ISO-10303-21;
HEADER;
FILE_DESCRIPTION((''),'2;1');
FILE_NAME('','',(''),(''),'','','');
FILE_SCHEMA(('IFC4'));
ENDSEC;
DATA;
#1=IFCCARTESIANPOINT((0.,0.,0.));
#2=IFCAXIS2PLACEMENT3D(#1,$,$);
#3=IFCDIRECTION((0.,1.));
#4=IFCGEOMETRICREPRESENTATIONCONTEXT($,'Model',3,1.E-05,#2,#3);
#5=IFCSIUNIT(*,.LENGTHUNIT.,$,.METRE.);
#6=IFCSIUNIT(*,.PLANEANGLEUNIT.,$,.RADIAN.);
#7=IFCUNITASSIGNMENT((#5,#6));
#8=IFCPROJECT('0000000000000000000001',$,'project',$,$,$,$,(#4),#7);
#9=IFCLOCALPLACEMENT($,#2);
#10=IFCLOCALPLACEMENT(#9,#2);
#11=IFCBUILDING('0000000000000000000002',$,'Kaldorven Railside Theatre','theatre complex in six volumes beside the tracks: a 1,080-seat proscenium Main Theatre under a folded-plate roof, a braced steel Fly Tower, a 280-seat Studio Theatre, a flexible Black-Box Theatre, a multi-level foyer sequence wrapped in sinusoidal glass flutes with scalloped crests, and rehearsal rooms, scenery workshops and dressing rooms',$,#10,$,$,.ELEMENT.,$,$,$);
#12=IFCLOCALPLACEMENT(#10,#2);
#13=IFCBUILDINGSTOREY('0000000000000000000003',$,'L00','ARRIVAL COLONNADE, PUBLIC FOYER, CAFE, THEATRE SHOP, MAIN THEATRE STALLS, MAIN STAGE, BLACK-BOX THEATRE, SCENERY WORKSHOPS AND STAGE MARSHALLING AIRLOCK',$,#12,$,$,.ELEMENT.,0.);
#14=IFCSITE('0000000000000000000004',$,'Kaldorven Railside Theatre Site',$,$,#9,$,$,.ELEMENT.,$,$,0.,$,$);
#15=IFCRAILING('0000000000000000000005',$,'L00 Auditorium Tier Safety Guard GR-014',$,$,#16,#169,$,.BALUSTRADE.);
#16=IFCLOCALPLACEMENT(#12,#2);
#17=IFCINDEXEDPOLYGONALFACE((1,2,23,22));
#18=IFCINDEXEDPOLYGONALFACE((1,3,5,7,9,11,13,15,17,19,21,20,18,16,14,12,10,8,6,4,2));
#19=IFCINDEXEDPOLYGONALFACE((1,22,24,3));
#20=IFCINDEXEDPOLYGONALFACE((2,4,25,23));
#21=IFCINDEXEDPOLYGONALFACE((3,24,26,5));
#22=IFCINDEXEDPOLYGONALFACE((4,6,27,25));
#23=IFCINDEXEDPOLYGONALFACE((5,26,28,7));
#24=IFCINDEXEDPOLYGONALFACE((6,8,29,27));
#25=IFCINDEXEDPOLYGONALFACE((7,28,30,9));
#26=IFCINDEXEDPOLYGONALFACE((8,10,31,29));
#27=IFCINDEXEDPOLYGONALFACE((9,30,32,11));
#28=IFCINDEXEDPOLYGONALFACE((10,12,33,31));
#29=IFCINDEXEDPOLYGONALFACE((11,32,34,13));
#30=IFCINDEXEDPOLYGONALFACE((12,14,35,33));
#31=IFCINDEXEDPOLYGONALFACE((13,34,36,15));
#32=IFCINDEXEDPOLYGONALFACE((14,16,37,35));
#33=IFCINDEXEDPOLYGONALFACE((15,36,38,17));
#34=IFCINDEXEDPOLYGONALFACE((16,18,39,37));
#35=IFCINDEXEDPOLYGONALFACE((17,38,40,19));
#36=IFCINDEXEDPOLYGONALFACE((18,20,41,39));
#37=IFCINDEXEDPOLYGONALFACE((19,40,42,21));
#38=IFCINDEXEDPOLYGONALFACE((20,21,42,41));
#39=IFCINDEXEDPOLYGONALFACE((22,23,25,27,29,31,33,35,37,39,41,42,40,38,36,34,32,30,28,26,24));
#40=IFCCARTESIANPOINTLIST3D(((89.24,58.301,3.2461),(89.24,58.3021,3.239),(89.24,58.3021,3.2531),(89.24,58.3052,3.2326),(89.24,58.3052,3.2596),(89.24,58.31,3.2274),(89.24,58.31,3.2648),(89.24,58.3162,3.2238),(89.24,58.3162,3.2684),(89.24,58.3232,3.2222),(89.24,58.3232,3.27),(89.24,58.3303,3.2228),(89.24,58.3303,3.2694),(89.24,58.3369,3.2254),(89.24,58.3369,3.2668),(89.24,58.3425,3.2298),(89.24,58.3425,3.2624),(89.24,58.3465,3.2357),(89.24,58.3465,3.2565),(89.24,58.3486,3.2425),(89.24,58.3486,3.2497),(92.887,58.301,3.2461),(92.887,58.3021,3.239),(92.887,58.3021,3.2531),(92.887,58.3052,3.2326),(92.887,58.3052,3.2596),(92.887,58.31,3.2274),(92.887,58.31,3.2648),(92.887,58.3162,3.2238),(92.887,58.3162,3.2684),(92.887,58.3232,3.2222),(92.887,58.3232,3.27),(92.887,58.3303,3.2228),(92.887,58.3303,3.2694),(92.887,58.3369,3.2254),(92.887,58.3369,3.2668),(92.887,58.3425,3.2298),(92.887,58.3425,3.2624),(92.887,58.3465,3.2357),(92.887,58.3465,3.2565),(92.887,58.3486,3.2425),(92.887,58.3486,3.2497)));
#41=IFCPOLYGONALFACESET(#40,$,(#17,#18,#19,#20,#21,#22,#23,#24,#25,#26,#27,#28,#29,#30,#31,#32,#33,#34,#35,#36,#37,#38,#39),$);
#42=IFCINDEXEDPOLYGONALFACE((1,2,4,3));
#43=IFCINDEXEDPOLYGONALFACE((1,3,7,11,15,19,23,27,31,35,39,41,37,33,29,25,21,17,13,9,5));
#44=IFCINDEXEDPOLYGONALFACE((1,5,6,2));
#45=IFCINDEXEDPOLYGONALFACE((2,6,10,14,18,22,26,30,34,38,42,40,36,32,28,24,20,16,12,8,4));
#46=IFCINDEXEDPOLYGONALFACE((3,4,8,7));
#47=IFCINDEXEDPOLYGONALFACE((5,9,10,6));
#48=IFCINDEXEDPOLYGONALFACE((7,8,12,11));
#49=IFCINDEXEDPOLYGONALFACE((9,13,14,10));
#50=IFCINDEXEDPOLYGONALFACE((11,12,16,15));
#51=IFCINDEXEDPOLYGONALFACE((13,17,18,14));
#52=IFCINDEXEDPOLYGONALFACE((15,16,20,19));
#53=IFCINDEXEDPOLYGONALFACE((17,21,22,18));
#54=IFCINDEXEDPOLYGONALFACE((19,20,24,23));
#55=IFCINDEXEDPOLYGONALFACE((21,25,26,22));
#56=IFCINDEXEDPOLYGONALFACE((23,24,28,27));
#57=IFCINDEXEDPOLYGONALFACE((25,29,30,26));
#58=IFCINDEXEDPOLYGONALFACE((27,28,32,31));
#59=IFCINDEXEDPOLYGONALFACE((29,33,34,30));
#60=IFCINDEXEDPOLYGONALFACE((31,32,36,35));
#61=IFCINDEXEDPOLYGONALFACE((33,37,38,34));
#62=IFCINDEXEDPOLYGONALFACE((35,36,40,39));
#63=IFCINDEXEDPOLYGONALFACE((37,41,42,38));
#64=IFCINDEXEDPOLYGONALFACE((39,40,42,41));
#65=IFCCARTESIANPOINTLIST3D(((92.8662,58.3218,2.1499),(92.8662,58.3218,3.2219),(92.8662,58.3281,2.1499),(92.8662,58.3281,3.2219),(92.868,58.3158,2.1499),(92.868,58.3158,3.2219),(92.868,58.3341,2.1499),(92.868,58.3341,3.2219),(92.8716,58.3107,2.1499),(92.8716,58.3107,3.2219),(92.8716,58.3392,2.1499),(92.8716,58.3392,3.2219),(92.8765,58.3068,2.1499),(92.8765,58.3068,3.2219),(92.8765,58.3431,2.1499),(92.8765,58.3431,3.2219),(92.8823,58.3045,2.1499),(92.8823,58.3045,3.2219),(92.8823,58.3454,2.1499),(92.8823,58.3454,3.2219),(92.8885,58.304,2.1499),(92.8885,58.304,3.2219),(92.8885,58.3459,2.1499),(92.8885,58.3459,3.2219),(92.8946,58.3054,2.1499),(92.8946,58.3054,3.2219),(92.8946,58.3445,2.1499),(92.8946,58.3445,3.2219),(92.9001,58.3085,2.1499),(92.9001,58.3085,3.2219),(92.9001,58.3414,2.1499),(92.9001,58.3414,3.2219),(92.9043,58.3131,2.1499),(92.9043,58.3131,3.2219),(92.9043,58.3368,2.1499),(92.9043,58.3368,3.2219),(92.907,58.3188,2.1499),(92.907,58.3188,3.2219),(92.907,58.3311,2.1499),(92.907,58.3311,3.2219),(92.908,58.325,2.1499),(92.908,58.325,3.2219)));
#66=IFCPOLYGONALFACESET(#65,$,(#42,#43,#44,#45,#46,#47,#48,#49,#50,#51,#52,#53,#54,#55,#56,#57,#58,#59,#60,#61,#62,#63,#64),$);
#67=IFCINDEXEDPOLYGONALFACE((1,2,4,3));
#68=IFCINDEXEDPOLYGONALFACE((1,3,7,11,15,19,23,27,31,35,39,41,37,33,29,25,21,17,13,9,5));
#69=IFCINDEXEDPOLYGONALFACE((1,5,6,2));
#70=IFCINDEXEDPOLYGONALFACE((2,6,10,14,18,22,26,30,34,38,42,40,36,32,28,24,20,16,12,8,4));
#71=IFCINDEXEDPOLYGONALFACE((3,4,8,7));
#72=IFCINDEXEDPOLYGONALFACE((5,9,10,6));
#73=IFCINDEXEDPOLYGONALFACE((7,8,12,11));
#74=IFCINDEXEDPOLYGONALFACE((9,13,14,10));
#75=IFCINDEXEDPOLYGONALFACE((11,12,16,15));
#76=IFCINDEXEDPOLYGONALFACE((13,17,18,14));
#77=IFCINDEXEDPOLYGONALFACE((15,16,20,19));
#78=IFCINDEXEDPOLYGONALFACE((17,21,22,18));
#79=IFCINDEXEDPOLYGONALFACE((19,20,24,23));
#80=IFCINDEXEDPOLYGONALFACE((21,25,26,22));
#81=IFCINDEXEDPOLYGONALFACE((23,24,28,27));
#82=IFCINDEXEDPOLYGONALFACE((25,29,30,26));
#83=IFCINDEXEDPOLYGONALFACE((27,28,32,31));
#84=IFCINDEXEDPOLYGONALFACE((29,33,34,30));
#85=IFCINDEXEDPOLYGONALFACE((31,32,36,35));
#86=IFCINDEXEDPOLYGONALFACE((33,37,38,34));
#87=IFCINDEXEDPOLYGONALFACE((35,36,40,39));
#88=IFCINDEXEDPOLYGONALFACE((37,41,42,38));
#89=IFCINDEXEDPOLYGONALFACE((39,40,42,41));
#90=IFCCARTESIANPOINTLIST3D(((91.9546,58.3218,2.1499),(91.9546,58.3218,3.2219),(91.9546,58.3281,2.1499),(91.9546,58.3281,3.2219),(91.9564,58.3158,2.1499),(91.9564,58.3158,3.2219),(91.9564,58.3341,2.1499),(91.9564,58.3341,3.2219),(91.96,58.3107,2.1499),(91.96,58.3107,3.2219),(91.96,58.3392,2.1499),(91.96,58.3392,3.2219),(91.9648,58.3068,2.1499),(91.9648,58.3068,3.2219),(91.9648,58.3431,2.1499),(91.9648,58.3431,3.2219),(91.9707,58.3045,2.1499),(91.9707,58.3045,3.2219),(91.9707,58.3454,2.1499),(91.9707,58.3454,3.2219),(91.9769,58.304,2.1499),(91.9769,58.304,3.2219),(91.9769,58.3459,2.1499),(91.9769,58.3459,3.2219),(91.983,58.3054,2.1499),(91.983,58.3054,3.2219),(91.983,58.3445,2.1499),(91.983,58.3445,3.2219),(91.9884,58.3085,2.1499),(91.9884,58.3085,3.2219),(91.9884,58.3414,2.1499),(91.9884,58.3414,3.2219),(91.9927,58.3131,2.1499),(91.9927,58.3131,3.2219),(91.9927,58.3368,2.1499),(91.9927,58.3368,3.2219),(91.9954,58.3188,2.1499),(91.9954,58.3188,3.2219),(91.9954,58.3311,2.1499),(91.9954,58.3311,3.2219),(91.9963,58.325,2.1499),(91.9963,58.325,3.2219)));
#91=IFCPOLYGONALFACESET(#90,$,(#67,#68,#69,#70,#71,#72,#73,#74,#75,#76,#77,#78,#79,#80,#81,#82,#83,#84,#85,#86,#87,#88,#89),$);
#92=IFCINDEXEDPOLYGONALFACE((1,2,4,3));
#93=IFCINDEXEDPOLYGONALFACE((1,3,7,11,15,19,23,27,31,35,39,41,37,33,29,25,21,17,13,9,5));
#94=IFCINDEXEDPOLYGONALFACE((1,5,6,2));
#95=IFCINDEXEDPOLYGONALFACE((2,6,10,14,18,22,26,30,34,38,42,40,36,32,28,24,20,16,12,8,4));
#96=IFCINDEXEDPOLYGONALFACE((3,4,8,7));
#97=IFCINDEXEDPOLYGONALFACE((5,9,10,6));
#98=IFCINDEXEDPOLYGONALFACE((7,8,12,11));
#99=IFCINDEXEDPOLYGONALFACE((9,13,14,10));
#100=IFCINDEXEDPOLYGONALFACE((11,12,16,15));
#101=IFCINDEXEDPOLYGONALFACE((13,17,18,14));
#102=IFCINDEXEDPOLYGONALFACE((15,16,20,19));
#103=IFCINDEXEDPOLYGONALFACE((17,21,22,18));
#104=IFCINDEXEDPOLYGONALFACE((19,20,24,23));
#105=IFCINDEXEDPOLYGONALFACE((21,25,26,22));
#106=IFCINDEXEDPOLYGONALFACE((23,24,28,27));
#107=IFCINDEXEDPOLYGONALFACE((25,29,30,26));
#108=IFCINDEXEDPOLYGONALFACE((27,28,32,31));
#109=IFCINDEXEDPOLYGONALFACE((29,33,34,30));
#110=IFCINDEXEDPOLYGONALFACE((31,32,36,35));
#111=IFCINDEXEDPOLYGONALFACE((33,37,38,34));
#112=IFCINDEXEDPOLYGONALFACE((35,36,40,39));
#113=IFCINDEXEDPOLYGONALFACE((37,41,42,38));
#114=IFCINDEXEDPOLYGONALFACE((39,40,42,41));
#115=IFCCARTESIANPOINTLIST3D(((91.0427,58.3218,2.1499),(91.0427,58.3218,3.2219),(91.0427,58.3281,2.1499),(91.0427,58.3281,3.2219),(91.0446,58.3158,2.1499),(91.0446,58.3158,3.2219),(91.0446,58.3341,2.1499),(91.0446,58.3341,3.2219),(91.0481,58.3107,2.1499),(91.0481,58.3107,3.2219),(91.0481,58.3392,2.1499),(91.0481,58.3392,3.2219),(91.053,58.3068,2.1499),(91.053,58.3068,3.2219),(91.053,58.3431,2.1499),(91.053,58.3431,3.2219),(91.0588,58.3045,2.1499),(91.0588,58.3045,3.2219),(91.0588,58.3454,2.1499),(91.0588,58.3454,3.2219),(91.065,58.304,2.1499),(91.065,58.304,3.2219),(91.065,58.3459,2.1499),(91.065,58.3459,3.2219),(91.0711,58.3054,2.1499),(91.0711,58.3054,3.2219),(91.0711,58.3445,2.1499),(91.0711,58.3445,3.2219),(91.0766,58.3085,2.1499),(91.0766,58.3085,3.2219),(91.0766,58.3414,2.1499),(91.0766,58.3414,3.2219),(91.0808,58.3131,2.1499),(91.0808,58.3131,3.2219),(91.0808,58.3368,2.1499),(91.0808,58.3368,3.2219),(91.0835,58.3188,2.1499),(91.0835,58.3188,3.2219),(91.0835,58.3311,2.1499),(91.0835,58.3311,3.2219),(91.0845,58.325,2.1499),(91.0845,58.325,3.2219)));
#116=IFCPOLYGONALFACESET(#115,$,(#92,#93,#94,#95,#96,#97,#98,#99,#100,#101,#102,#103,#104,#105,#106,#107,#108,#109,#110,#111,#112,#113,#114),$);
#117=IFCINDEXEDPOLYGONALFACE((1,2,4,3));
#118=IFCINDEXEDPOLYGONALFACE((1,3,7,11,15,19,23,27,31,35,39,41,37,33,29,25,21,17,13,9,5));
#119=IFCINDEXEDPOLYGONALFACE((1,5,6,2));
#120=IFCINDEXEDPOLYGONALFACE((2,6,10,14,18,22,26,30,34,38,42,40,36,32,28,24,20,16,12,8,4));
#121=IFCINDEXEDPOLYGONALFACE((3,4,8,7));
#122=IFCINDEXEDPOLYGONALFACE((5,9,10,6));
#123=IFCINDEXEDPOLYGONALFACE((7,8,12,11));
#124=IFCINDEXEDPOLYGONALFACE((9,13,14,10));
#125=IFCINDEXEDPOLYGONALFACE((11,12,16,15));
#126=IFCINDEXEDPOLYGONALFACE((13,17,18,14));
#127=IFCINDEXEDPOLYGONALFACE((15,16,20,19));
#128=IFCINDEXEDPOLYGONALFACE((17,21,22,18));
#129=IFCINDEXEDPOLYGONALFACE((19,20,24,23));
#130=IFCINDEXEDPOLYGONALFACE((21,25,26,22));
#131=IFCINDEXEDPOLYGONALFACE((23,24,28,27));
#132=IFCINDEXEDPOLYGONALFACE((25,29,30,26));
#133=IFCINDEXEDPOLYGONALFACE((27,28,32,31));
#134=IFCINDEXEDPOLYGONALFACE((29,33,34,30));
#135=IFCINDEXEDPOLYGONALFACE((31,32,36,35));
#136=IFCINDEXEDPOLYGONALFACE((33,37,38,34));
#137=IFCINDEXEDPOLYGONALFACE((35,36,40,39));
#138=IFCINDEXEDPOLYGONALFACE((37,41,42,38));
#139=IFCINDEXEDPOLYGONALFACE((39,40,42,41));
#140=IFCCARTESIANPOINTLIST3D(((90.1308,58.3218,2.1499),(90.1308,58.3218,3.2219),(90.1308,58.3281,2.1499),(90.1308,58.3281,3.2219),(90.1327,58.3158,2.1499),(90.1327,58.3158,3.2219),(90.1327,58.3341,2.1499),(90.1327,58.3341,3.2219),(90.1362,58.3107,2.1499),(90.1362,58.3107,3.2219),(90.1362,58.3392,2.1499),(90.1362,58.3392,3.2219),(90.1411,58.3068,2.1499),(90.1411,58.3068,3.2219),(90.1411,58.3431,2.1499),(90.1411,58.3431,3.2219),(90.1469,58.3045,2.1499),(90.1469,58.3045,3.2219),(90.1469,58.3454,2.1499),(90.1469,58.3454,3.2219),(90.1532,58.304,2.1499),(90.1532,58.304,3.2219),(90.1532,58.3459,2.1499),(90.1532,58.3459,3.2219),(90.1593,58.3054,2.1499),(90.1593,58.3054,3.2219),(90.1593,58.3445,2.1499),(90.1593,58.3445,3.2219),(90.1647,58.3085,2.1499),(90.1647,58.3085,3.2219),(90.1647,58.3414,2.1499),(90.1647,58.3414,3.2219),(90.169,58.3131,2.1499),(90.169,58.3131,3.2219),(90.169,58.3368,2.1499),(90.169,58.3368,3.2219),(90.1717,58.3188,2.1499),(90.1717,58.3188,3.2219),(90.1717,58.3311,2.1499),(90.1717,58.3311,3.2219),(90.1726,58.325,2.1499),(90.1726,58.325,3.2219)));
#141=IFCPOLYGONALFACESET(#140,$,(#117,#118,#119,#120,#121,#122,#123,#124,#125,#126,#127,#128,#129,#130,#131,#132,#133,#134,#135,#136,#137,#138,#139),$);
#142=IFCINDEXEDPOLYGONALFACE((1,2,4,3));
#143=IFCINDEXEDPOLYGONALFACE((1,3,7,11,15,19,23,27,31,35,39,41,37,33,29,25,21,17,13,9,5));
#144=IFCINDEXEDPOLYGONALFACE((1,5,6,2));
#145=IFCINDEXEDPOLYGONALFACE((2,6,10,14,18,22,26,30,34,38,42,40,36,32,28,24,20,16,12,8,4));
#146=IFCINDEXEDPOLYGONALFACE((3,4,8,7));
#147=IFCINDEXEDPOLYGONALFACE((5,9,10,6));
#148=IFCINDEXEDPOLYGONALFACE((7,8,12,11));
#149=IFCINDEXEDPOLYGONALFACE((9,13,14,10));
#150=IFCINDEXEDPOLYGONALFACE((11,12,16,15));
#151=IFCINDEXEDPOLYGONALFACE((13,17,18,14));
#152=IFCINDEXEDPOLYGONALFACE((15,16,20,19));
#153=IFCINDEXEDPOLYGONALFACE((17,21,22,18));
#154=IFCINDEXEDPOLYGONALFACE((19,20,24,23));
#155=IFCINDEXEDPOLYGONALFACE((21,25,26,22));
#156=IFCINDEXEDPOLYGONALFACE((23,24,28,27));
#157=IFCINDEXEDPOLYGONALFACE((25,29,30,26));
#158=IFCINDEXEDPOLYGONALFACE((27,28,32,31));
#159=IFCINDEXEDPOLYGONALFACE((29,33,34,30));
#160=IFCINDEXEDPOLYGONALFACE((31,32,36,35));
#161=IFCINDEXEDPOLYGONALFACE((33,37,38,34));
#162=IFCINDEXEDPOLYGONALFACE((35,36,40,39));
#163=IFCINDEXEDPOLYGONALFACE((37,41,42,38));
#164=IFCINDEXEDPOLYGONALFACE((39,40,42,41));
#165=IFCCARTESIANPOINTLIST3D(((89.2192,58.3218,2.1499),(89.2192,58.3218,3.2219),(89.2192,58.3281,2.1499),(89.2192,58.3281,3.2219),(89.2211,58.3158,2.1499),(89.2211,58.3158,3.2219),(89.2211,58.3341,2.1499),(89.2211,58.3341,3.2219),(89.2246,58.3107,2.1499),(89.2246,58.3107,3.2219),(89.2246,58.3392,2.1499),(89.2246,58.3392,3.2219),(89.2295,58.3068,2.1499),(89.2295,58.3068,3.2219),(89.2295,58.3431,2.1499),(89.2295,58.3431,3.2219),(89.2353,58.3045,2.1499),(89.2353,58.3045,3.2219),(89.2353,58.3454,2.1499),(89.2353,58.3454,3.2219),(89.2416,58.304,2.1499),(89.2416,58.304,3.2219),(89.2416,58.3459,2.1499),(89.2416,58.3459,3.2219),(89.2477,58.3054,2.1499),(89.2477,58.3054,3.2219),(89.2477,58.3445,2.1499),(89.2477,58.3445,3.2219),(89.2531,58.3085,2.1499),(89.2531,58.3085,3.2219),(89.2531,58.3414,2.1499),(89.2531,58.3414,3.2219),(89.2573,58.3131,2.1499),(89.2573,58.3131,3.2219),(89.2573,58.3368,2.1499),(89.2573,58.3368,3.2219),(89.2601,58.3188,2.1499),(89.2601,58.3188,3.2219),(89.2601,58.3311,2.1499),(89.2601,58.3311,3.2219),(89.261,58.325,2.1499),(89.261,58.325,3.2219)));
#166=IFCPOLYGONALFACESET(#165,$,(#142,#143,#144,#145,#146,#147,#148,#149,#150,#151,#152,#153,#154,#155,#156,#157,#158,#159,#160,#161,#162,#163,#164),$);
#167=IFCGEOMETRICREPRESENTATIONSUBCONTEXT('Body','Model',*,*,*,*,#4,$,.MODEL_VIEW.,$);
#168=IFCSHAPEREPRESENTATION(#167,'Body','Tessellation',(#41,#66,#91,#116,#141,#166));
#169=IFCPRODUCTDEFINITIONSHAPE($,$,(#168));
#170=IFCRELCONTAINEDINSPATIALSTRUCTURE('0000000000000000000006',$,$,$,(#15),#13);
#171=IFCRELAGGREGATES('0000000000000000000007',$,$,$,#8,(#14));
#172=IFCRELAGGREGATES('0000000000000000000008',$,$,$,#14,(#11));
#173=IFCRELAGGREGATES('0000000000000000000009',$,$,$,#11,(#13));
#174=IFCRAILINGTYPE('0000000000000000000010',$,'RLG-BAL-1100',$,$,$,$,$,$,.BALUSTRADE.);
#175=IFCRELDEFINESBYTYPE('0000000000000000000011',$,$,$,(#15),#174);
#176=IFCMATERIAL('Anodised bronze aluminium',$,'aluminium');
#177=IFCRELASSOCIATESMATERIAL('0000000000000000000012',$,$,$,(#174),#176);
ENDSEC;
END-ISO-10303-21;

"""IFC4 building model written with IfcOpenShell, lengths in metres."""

from ifc_helpers import new_model, si_unit, direction, frame, origin, origin_2d, place, context, subcontext, project, spatial, circle, extrude, material, type_object, element, save


model = new_model("IFC4")

# Units and contexts
model_context = context("Model", 3, precision=1e-05, world=origin(), true_north=direction((0.0, 1.0)))
body_context = subcontext(model_context, "Body", "Model", "MODEL_VIEW")
ifc_project = project(units=[si_unit("LENGTHUNIT", "METRE"), si_unit("PLANEANGLEUNIT", "RADIAN")], contexts=[model_context])

# Site, building, storey
site_placement = place(None, origin())
site = spatial("IfcSite", under=ifc_project, at=site_placement, Name="Kaldorven Railside Theatre Site", CompositionType="ELEMENT", RefElevation=0.0)
building_placement = place(site_placement, origin())
building = spatial("IfcBuilding", under=site, at=building_placement, Name="Kaldorven Railside Theatre", Description="theatre complex in six volumes beside the tracks: a 1,080-seat proscenium Main Theatre under a folded-plate roof, a braced steel Fly Tower, a 280-seat Studio Theatre, a flexible Black-Box Theatre, a multi-level foyer sequence wrapped in sinusoidal glass flutes with scalloped crests, and rehearsal rooms, scenery workshops and dressing rooms", CompositionType="ELEMENT")
storey_placement = place(building_placement, origin())
storey = spatial("IfcBuildingStorey", under=building, at=storey_placement, Name="L00", Description="ARRIVAL COLONNADE, PUBLIC FOYER, CAFE, THEATRE SHOP, MAIN THEATRE STALLS, MAIN STAGE, BLACK-BOX THEATRE, SCENERY WORKSHOPS AND STAGE MARSHALLING AIRLOCK", CompositionType="ELEMENT", Elevation=0.0)

# Railing
ifc_material_1 = material(Name="Anodised bronze aluminium", Category="aluminium")
railing_type = type_object("IfcRailingType", Name="RLG-BAL-1100", PredefinedType="BALUSTRADE", material=ifc_material_1)
railing_1_placement = place(storey_placement, frame((92.887, 58.325, 2.1499)))
element("IfcRailing", 1, at=railing_1_placement, inside=storey, type_object=railing_type, Name="L00 Auditorium Tier Safety Guard GR-014", PredefinedType="BALUSTRADE", context=body_context, shape_type="SweptSolid", body=[
    extrude(circle(Radius=0.0239, at=origin_2d()), frame((0.0, 0.0, 1.0962), z_axis=(-1.0, 0.0, 0.0), x_axis=(0.0, -1.0, 0.0)), (0.0, 0.0, 1.0), 3.647),
    extrude(circle(Radius=0.021, at=origin_2d()), origin(), (0.0, 0.0, 1.0), 1.072),
    extrude(circle(Radius=0.021, at=origin_2d()), frame((-0.9116, 0.0, 0.0)), (0.0, 0.0, 1.0), 1.072),
    extrude(circle(Radius=0.021, at=origin_2d()), frame((-1.8235, 0.0, 0.0)), (0.0, 0.0, 1.0), 1.072),
    extrude(circle(Radius=0.021, at=origin_2d()), frame((-2.7354, 0.0, 0.0)), (0.0, 0.0, 1.0), 1.072),
    extrude(circle(Radius=0.021, at=origin_2d()), frame((-3.647, 0.0, 0.0)), (0.0, 0.0, 1.0), 1.072),
])

save(model, "model.ifc")
